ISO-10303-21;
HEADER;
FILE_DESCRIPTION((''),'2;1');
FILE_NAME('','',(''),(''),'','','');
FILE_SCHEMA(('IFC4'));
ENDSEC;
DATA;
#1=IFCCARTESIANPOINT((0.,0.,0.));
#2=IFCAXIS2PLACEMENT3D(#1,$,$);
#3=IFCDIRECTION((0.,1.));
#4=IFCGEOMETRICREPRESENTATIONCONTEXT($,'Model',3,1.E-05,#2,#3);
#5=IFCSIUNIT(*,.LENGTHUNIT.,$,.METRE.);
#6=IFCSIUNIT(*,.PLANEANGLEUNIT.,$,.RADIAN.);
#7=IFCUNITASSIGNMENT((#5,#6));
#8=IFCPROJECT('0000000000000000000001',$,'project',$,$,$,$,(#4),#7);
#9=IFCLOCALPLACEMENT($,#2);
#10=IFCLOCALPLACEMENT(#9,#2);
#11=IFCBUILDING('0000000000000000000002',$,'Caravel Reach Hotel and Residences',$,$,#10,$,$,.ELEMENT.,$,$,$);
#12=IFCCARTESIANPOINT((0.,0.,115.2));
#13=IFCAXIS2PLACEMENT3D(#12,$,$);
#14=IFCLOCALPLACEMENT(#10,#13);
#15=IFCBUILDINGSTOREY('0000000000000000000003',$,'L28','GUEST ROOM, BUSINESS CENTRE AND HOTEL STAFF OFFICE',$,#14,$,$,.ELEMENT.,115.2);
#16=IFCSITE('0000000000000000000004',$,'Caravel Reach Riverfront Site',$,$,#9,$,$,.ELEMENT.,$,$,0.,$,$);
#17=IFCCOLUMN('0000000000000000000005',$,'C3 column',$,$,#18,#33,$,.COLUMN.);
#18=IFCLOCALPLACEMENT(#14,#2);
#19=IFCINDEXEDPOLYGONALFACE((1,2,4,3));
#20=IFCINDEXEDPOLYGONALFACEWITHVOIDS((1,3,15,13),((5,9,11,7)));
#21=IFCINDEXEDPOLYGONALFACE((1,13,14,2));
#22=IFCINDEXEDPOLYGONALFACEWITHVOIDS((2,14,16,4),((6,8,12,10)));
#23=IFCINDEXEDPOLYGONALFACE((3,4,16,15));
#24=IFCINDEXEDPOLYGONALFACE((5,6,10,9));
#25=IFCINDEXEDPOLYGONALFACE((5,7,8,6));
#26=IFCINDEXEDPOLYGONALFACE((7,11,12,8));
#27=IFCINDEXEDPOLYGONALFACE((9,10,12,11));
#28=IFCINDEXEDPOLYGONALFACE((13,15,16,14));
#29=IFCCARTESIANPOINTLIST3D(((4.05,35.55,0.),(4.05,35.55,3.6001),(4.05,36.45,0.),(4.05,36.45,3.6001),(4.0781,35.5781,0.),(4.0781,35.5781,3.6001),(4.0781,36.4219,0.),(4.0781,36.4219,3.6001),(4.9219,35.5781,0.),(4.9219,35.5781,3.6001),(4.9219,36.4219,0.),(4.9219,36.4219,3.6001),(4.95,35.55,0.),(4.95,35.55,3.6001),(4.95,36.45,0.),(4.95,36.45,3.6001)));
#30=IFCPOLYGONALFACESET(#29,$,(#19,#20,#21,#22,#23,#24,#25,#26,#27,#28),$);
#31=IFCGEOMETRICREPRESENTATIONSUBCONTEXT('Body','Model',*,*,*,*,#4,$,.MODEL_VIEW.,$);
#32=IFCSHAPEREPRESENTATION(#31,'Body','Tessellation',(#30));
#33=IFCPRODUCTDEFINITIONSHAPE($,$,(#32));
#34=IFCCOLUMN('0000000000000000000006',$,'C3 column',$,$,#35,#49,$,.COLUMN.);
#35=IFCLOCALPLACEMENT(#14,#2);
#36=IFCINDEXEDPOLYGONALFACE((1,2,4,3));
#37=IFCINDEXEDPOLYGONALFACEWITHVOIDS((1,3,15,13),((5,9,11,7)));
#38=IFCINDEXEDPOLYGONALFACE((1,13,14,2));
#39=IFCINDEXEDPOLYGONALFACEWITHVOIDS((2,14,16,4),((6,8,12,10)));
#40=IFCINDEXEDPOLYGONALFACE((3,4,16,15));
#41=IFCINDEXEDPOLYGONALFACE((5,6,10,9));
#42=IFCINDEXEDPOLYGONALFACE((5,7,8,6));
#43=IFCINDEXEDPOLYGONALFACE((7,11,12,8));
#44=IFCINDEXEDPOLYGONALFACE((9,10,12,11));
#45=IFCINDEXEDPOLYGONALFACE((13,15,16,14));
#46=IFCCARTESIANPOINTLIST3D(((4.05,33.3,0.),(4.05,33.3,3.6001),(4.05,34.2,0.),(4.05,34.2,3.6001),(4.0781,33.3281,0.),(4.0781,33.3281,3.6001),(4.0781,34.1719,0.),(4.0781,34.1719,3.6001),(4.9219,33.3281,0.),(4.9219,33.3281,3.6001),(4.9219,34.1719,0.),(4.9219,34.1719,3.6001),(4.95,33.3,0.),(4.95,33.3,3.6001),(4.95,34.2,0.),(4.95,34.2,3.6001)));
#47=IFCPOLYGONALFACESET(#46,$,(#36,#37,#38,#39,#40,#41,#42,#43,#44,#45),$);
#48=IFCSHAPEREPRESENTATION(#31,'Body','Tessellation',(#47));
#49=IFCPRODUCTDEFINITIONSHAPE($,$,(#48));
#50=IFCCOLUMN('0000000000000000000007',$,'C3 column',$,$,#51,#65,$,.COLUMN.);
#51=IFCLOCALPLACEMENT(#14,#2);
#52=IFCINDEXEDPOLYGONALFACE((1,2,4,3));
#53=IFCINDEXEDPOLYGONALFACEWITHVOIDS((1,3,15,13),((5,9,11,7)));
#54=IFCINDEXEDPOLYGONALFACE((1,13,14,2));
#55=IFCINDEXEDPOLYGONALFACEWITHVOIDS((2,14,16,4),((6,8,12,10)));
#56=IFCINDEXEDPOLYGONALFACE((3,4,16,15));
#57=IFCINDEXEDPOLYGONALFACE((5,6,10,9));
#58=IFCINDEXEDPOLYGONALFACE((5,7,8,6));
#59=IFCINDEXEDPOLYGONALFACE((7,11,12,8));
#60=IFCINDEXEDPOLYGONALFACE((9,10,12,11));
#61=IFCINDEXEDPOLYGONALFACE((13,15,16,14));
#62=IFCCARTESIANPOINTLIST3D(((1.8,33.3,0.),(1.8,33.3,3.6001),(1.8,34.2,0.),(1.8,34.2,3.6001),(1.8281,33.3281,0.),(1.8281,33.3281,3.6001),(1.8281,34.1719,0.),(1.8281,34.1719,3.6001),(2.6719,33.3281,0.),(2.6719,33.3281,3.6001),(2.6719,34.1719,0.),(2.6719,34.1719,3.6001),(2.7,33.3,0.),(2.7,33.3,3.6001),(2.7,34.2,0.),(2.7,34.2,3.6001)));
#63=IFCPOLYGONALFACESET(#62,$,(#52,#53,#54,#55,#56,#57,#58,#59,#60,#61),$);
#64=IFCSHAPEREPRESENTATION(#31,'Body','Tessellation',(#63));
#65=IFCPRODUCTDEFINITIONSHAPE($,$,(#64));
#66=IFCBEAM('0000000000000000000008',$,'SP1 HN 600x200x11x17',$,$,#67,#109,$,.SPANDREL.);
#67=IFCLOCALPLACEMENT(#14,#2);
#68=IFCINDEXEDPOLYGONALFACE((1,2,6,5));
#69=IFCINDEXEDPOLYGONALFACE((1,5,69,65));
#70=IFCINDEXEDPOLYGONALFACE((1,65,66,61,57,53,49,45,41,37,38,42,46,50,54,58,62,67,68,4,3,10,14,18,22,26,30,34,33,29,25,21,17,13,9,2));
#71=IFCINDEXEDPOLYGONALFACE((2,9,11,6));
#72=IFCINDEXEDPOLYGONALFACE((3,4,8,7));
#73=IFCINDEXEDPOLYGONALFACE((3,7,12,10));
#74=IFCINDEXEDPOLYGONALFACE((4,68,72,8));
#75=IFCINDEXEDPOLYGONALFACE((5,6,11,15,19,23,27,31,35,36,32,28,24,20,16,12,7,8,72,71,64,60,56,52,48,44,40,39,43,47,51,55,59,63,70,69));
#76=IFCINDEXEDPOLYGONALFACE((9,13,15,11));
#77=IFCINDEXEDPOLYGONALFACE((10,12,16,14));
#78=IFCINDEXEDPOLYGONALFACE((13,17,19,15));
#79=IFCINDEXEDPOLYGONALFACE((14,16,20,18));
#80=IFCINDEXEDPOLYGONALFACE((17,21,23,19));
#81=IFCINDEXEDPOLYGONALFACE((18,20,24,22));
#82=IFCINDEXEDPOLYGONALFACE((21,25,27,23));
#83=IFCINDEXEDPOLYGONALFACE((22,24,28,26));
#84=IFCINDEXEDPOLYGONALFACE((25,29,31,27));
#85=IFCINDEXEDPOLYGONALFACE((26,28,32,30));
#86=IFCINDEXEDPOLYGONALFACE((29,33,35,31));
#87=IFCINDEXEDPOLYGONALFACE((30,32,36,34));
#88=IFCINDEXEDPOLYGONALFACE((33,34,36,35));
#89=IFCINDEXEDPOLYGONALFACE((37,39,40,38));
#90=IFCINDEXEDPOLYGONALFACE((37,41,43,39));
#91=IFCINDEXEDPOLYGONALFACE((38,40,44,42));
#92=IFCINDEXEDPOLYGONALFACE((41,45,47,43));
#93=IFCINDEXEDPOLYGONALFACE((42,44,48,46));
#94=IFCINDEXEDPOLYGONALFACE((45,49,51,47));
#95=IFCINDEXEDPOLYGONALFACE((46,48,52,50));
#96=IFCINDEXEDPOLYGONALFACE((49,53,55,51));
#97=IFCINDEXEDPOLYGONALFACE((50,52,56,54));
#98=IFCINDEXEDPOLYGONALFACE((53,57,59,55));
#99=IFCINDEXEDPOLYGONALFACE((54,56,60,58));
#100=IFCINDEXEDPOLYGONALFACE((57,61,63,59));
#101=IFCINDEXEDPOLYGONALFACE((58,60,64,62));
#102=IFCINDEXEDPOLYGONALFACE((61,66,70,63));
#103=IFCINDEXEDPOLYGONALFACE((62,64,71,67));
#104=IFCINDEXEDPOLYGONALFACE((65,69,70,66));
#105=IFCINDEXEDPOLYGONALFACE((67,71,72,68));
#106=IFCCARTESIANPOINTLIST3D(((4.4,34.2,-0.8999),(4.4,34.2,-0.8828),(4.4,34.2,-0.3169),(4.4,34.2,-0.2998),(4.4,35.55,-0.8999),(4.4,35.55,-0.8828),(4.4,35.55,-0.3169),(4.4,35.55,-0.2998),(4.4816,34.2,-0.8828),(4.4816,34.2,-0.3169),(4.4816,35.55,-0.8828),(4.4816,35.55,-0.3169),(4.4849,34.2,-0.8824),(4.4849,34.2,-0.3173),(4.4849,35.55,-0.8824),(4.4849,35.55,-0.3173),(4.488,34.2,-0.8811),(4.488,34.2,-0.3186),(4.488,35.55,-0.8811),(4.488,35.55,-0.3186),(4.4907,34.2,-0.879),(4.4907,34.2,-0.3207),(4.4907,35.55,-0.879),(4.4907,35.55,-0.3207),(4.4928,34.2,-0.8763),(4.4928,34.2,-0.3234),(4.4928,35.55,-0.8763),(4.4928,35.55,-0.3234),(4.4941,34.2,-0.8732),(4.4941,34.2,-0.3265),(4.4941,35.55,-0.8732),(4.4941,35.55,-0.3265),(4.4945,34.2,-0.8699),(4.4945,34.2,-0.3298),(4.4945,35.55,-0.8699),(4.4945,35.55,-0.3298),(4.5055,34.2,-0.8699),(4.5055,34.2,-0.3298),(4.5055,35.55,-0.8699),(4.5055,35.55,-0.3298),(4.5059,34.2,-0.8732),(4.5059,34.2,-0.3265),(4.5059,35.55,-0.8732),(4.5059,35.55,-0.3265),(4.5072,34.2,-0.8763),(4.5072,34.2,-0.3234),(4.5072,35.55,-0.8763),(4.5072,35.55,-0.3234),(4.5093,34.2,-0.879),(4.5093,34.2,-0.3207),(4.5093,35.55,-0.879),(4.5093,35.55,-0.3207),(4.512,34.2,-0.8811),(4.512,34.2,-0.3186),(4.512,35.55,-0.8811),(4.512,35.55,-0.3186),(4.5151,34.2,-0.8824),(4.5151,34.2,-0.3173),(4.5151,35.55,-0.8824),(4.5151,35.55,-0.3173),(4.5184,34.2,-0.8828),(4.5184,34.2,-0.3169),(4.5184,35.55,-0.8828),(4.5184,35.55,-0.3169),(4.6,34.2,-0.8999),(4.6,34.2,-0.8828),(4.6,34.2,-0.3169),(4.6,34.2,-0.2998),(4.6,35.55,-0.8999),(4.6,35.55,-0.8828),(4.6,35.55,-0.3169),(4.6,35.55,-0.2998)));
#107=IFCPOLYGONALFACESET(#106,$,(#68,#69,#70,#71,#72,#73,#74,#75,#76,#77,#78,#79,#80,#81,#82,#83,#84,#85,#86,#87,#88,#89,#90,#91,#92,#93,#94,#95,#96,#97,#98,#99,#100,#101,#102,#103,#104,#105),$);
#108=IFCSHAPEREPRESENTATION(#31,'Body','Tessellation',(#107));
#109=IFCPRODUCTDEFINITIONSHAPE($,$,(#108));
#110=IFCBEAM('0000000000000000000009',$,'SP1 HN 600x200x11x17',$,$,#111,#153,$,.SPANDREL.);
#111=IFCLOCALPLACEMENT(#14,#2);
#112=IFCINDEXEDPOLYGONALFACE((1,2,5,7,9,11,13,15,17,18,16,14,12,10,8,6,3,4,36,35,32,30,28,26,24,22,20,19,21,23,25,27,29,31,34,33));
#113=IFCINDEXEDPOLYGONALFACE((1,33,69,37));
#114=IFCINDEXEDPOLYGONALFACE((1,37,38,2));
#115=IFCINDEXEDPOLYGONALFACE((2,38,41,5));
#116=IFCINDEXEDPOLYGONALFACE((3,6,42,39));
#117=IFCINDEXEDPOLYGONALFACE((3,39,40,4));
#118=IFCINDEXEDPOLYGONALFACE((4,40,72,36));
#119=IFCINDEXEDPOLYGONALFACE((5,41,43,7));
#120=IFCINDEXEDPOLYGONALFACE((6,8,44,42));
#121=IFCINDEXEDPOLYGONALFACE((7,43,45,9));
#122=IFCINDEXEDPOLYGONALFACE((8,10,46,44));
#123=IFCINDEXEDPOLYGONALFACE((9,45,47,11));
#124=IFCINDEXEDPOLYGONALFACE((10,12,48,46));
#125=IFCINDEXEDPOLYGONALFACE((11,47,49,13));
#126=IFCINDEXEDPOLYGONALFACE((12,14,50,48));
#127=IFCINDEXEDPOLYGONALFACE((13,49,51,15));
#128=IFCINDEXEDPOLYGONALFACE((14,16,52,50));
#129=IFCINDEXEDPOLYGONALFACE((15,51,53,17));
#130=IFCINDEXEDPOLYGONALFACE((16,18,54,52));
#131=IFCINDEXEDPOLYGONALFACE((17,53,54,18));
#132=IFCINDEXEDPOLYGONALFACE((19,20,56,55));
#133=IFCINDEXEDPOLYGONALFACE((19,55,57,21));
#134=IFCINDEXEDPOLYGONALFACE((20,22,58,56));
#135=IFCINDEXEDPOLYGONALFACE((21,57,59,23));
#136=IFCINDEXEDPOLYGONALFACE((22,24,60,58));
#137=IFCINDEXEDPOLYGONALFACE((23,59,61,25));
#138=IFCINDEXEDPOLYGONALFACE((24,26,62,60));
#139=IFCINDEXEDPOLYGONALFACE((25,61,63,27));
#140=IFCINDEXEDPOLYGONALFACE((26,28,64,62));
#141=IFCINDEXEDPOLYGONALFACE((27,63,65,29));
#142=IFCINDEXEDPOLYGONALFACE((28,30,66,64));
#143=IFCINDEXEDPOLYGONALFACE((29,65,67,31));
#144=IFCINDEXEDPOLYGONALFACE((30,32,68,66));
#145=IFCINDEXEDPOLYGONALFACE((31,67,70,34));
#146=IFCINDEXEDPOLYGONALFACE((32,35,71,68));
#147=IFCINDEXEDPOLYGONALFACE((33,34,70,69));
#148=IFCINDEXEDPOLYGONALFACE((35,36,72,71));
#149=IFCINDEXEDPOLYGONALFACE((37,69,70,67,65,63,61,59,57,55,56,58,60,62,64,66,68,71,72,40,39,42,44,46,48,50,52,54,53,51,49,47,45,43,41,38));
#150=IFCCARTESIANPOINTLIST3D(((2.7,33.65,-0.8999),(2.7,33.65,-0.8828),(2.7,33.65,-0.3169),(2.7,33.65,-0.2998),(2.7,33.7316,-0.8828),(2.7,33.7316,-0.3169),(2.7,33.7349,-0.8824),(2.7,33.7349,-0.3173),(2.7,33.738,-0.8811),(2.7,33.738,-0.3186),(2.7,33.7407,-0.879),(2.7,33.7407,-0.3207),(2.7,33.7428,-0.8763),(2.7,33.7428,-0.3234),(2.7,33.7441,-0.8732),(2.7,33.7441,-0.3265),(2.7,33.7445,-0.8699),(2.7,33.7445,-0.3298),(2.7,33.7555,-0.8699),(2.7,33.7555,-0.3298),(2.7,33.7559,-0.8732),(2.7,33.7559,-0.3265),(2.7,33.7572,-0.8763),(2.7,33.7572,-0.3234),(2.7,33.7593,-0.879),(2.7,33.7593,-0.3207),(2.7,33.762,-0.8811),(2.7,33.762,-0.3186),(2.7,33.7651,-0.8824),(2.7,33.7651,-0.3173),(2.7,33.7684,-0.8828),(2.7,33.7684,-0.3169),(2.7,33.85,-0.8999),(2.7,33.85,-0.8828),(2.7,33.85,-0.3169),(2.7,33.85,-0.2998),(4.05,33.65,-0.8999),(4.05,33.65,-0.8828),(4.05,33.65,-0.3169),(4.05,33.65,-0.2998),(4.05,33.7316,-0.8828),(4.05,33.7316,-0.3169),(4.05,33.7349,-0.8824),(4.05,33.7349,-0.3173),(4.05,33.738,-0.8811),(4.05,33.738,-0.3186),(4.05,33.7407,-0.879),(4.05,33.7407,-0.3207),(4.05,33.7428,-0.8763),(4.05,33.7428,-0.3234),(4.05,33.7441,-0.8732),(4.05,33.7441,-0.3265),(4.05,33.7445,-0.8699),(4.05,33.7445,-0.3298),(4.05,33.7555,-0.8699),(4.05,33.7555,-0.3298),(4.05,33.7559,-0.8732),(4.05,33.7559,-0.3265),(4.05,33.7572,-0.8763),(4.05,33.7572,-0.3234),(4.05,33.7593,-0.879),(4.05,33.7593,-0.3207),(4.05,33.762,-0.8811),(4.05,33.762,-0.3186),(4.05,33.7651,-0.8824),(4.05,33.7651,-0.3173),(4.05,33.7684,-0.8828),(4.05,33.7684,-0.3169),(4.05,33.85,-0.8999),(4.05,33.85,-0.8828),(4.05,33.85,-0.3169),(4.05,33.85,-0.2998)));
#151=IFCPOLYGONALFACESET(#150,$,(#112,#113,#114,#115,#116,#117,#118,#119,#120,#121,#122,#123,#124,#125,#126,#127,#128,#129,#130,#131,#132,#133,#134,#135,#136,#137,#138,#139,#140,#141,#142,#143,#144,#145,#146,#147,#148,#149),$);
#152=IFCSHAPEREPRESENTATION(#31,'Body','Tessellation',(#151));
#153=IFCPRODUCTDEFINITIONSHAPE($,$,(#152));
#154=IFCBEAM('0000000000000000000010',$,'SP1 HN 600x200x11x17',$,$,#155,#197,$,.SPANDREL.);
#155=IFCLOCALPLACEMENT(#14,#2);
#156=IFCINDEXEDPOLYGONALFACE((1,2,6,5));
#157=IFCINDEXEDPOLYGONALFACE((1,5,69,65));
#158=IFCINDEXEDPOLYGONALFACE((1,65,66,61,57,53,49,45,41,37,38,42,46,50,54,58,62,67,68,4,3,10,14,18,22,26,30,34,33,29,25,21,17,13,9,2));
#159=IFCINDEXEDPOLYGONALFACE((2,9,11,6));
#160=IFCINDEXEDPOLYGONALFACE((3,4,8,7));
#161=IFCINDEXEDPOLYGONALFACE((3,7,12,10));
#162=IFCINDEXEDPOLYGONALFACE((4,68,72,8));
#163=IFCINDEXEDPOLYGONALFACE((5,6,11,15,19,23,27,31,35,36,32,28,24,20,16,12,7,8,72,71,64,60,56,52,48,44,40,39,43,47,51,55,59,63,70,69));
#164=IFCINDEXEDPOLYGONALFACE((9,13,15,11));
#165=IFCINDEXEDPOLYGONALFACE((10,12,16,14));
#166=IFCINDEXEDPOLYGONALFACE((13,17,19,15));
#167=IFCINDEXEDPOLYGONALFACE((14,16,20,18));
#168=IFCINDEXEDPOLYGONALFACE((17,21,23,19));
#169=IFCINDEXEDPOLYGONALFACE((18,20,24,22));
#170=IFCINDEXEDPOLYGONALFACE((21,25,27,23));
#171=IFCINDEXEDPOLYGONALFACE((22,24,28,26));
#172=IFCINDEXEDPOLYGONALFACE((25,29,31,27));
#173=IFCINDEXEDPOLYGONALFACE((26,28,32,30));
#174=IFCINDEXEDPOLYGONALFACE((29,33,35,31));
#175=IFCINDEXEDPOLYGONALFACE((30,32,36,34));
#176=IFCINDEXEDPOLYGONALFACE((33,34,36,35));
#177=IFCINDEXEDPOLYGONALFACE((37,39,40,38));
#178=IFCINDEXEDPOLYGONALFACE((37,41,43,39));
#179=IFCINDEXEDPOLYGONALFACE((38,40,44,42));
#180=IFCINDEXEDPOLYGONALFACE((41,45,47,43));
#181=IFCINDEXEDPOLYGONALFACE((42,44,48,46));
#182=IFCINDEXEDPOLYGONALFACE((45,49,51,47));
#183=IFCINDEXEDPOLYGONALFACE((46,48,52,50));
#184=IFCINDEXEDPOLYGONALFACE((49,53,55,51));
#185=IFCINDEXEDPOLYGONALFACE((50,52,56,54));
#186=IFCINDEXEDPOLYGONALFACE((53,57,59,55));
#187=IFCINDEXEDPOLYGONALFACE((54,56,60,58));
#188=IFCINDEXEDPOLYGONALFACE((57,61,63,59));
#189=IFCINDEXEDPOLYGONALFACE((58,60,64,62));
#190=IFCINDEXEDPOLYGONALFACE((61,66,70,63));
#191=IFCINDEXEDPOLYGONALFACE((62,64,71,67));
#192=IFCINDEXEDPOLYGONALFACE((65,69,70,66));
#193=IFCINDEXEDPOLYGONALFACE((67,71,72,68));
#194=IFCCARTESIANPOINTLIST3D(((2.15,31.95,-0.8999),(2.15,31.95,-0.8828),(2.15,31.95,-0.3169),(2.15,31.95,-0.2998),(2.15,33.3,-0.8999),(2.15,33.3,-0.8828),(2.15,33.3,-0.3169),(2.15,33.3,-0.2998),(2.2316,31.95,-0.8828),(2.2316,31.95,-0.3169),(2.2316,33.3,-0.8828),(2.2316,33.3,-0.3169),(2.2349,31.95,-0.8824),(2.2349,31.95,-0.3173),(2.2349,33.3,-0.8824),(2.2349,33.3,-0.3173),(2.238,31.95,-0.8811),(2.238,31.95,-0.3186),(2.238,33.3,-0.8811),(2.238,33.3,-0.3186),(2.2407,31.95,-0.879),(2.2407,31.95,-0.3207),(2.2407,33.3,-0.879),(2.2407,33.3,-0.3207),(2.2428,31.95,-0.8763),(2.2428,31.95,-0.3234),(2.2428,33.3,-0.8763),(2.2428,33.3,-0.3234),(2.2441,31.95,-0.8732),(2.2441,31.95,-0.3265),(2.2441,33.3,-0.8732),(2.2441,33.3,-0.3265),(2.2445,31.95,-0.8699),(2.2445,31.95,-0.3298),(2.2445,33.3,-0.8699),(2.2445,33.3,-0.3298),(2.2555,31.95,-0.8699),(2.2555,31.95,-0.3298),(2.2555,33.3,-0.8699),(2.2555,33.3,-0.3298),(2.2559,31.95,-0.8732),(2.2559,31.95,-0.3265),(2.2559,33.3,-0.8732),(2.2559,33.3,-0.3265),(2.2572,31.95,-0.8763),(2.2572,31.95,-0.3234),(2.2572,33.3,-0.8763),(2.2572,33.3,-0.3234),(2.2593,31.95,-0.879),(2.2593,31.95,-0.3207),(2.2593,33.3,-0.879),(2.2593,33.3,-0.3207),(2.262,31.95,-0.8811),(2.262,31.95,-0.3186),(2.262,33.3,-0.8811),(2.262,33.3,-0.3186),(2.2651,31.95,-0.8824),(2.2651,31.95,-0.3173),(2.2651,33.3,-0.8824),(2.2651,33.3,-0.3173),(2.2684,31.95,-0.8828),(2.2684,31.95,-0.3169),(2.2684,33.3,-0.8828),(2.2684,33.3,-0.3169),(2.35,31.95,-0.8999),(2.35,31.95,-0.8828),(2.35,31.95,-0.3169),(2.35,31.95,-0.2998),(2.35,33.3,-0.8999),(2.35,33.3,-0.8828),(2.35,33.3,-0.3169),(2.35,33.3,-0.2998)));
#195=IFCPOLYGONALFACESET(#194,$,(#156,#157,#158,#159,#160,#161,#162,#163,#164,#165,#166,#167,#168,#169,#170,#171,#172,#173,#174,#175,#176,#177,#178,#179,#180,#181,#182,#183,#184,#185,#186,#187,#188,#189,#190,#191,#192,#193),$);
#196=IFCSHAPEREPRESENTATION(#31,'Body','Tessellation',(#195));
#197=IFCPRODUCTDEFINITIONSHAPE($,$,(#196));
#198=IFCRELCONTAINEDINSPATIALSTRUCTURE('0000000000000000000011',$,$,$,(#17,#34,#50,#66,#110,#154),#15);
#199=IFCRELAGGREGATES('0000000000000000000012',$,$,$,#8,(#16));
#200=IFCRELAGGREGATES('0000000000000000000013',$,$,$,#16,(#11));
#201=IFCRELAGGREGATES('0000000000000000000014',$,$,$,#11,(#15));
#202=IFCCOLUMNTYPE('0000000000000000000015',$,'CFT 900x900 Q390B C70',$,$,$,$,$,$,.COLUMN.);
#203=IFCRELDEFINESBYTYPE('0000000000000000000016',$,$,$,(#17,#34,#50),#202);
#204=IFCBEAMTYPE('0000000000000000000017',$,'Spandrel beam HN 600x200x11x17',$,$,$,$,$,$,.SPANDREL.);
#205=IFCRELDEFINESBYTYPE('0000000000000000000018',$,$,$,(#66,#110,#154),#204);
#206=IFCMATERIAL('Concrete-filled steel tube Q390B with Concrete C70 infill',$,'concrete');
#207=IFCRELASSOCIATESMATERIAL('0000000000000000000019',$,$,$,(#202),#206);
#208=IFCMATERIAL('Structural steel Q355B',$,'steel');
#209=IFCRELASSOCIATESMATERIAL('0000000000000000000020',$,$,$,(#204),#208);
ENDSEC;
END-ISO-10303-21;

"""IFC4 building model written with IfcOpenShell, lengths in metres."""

from ifc_helpers import new_model, si_unit, direction, frame, origin, origin_2d, place, context, subcontext, project, spatial, hollow_rectangle, i_section, extrude, material, material_profile, profile_set, type_object, element, save


model = new_model("IFC4")

# Units and contexts
model_context = context("Model", 3, precision=1e-05, world=origin(), true_north=direction((0.0, 1.0)))
body_context = subcontext(model_context, "Body", "Model", "MODEL_VIEW")
ifc_project = project(units=[si_unit("LENGTHUNIT", "METRE"), si_unit("PLANEANGLEUNIT", "RADIAN")], contexts=[model_context])

# Site, building, storey
site_placement = place(None, origin())
site = spatial("IfcSite", under=ifc_project, at=site_placement, Name="Caravel Reach Riverfront Site", CompositionType="ELEMENT", RefElevation=0.0)
building_placement = place(site_placement, origin())
building = spatial("IfcBuilding", under=site, at=building_placement, Name="Caravel Reach Hotel and Residences", CompositionType="ELEMENT")
storey_placement = place(building_placement, frame((0.0, 0.0, 115.2)))
storey = spatial("IfcBuildingStorey", under=building, at=storey_placement, Name="L28", Description="GUEST ROOM, BUSINESS CENTRE AND HOTEL STAFF OFFICE", CompositionType="ELEMENT", Elevation=115.2)

# Columns
ifc_material_1 = material(Name="Concrete-filled steel tube Q390B with Concrete C70 infill", Category="concrete")
ifc_material_profile_1 = material_profile(ifc_material_1, hollow_rectangle(XDim=0.8999, YDim=0.8999, WallThickness=0.0281, at=origin_2d()), Name="RHS 900x900x28")
ifc_profile_set_1 = profile_set([ifc_material_profile_1], Name="Concrete-filled steel tube Q390B with Concrete C70 infill")
column_type = type_object("IfcColumnType", Name="CFT 900x900 Q390B C70", PredefinedType="COLUMN", material=ifc_profile_set_1)
for number, where, z_axis, x_axis, name in (
    (1, (4.5, 36.0, 0.0), (0.0, 0.0, 1.0), (1.0, 0.0, 0.0), "C3 column"),
    (2, (4.5, 33.75, 0.0), (0.0, 0.0, 1.0), (1.0, 0.0, 0.0), "C3 column"),
    (3, (2.25, 33.75, 0.0), (0.0, 0.0, 1.0), (1.0, 0.0, 0.0), "C3 column"),
):
    element("IfcColumn", number, at=place(storey_placement, frame(where, z_axis=z_axis, x_axis=x_axis)), inside=storey, type_object=column_type, Name=name, PredefinedType="COLUMN", context=body_context, shape_type="SweptSolid", body=[
        extrude(hollow_rectangle(XDim=0.8999, YDim=0.8999, WallThickness=0.0281, at=origin_2d()), origin(), (0.0, 0.0, 1.0), 3.6001),
    ])

# Beams
ifc_material_2 = material(Name="Structural steel Q355B", Category="steel")
ifc_material_profile_2 = material_profile(ifc_material_2, i_section(OverallWidth=0.2, OverallDepth=0.6001, WebThickness=0.011, FlangeThickness=0.0171, FilletRadius=0.0129, at=origin_2d()), Name="HN 600x200x11x17")
ifc_profile_set_2 = profile_set([ifc_material_profile_2], Name="Structural steel Q355B")
beam_type = type_object("IfcBeamType", Name="Spandrel beam HN 600x200x11x17", PredefinedType="SPANDREL", material=ifc_profile_set_2)
for number, where, z_axis, x_axis, name in (
    (4, (4.5, 35.55, -0.5999), (0.0, -1.0, 0.0), (1.0, 0.0, 0.0), "SP1 HN 600x200x11x17"),
    (5, (4.05, 33.75, -0.5999), (-1.0, 0.0, 0.0), (0.0, -1.0, 0.0), "SP1 HN 600x200x11x17"),
    (6, (2.25, 33.3, -0.5999), (0.0, -1.0, 0.0), (1.0, 0.0, 0.0), "SP1 HN 600x200x11x17"),
):
    element("IfcBeam", number, at=place(storey_placement, frame(where, z_axis=z_axis, x_axis=x_axis)), inside=storey, type_object=beam_type, Name=name, PredefinedType="SPANDREL", context=body_context, shape_type="SweptSolid", body=[
        extrude(i_section(OverallWidth=0.2, OverallDepth=0.6001, WebThickness=0.011, FlangeThickness=0.0171, FilletRadius=0.0129, at=origin_2d()), origin(), (0.0, 0.0, 1.0), 1.3501),
    ])

save(model, "model.ifc")
